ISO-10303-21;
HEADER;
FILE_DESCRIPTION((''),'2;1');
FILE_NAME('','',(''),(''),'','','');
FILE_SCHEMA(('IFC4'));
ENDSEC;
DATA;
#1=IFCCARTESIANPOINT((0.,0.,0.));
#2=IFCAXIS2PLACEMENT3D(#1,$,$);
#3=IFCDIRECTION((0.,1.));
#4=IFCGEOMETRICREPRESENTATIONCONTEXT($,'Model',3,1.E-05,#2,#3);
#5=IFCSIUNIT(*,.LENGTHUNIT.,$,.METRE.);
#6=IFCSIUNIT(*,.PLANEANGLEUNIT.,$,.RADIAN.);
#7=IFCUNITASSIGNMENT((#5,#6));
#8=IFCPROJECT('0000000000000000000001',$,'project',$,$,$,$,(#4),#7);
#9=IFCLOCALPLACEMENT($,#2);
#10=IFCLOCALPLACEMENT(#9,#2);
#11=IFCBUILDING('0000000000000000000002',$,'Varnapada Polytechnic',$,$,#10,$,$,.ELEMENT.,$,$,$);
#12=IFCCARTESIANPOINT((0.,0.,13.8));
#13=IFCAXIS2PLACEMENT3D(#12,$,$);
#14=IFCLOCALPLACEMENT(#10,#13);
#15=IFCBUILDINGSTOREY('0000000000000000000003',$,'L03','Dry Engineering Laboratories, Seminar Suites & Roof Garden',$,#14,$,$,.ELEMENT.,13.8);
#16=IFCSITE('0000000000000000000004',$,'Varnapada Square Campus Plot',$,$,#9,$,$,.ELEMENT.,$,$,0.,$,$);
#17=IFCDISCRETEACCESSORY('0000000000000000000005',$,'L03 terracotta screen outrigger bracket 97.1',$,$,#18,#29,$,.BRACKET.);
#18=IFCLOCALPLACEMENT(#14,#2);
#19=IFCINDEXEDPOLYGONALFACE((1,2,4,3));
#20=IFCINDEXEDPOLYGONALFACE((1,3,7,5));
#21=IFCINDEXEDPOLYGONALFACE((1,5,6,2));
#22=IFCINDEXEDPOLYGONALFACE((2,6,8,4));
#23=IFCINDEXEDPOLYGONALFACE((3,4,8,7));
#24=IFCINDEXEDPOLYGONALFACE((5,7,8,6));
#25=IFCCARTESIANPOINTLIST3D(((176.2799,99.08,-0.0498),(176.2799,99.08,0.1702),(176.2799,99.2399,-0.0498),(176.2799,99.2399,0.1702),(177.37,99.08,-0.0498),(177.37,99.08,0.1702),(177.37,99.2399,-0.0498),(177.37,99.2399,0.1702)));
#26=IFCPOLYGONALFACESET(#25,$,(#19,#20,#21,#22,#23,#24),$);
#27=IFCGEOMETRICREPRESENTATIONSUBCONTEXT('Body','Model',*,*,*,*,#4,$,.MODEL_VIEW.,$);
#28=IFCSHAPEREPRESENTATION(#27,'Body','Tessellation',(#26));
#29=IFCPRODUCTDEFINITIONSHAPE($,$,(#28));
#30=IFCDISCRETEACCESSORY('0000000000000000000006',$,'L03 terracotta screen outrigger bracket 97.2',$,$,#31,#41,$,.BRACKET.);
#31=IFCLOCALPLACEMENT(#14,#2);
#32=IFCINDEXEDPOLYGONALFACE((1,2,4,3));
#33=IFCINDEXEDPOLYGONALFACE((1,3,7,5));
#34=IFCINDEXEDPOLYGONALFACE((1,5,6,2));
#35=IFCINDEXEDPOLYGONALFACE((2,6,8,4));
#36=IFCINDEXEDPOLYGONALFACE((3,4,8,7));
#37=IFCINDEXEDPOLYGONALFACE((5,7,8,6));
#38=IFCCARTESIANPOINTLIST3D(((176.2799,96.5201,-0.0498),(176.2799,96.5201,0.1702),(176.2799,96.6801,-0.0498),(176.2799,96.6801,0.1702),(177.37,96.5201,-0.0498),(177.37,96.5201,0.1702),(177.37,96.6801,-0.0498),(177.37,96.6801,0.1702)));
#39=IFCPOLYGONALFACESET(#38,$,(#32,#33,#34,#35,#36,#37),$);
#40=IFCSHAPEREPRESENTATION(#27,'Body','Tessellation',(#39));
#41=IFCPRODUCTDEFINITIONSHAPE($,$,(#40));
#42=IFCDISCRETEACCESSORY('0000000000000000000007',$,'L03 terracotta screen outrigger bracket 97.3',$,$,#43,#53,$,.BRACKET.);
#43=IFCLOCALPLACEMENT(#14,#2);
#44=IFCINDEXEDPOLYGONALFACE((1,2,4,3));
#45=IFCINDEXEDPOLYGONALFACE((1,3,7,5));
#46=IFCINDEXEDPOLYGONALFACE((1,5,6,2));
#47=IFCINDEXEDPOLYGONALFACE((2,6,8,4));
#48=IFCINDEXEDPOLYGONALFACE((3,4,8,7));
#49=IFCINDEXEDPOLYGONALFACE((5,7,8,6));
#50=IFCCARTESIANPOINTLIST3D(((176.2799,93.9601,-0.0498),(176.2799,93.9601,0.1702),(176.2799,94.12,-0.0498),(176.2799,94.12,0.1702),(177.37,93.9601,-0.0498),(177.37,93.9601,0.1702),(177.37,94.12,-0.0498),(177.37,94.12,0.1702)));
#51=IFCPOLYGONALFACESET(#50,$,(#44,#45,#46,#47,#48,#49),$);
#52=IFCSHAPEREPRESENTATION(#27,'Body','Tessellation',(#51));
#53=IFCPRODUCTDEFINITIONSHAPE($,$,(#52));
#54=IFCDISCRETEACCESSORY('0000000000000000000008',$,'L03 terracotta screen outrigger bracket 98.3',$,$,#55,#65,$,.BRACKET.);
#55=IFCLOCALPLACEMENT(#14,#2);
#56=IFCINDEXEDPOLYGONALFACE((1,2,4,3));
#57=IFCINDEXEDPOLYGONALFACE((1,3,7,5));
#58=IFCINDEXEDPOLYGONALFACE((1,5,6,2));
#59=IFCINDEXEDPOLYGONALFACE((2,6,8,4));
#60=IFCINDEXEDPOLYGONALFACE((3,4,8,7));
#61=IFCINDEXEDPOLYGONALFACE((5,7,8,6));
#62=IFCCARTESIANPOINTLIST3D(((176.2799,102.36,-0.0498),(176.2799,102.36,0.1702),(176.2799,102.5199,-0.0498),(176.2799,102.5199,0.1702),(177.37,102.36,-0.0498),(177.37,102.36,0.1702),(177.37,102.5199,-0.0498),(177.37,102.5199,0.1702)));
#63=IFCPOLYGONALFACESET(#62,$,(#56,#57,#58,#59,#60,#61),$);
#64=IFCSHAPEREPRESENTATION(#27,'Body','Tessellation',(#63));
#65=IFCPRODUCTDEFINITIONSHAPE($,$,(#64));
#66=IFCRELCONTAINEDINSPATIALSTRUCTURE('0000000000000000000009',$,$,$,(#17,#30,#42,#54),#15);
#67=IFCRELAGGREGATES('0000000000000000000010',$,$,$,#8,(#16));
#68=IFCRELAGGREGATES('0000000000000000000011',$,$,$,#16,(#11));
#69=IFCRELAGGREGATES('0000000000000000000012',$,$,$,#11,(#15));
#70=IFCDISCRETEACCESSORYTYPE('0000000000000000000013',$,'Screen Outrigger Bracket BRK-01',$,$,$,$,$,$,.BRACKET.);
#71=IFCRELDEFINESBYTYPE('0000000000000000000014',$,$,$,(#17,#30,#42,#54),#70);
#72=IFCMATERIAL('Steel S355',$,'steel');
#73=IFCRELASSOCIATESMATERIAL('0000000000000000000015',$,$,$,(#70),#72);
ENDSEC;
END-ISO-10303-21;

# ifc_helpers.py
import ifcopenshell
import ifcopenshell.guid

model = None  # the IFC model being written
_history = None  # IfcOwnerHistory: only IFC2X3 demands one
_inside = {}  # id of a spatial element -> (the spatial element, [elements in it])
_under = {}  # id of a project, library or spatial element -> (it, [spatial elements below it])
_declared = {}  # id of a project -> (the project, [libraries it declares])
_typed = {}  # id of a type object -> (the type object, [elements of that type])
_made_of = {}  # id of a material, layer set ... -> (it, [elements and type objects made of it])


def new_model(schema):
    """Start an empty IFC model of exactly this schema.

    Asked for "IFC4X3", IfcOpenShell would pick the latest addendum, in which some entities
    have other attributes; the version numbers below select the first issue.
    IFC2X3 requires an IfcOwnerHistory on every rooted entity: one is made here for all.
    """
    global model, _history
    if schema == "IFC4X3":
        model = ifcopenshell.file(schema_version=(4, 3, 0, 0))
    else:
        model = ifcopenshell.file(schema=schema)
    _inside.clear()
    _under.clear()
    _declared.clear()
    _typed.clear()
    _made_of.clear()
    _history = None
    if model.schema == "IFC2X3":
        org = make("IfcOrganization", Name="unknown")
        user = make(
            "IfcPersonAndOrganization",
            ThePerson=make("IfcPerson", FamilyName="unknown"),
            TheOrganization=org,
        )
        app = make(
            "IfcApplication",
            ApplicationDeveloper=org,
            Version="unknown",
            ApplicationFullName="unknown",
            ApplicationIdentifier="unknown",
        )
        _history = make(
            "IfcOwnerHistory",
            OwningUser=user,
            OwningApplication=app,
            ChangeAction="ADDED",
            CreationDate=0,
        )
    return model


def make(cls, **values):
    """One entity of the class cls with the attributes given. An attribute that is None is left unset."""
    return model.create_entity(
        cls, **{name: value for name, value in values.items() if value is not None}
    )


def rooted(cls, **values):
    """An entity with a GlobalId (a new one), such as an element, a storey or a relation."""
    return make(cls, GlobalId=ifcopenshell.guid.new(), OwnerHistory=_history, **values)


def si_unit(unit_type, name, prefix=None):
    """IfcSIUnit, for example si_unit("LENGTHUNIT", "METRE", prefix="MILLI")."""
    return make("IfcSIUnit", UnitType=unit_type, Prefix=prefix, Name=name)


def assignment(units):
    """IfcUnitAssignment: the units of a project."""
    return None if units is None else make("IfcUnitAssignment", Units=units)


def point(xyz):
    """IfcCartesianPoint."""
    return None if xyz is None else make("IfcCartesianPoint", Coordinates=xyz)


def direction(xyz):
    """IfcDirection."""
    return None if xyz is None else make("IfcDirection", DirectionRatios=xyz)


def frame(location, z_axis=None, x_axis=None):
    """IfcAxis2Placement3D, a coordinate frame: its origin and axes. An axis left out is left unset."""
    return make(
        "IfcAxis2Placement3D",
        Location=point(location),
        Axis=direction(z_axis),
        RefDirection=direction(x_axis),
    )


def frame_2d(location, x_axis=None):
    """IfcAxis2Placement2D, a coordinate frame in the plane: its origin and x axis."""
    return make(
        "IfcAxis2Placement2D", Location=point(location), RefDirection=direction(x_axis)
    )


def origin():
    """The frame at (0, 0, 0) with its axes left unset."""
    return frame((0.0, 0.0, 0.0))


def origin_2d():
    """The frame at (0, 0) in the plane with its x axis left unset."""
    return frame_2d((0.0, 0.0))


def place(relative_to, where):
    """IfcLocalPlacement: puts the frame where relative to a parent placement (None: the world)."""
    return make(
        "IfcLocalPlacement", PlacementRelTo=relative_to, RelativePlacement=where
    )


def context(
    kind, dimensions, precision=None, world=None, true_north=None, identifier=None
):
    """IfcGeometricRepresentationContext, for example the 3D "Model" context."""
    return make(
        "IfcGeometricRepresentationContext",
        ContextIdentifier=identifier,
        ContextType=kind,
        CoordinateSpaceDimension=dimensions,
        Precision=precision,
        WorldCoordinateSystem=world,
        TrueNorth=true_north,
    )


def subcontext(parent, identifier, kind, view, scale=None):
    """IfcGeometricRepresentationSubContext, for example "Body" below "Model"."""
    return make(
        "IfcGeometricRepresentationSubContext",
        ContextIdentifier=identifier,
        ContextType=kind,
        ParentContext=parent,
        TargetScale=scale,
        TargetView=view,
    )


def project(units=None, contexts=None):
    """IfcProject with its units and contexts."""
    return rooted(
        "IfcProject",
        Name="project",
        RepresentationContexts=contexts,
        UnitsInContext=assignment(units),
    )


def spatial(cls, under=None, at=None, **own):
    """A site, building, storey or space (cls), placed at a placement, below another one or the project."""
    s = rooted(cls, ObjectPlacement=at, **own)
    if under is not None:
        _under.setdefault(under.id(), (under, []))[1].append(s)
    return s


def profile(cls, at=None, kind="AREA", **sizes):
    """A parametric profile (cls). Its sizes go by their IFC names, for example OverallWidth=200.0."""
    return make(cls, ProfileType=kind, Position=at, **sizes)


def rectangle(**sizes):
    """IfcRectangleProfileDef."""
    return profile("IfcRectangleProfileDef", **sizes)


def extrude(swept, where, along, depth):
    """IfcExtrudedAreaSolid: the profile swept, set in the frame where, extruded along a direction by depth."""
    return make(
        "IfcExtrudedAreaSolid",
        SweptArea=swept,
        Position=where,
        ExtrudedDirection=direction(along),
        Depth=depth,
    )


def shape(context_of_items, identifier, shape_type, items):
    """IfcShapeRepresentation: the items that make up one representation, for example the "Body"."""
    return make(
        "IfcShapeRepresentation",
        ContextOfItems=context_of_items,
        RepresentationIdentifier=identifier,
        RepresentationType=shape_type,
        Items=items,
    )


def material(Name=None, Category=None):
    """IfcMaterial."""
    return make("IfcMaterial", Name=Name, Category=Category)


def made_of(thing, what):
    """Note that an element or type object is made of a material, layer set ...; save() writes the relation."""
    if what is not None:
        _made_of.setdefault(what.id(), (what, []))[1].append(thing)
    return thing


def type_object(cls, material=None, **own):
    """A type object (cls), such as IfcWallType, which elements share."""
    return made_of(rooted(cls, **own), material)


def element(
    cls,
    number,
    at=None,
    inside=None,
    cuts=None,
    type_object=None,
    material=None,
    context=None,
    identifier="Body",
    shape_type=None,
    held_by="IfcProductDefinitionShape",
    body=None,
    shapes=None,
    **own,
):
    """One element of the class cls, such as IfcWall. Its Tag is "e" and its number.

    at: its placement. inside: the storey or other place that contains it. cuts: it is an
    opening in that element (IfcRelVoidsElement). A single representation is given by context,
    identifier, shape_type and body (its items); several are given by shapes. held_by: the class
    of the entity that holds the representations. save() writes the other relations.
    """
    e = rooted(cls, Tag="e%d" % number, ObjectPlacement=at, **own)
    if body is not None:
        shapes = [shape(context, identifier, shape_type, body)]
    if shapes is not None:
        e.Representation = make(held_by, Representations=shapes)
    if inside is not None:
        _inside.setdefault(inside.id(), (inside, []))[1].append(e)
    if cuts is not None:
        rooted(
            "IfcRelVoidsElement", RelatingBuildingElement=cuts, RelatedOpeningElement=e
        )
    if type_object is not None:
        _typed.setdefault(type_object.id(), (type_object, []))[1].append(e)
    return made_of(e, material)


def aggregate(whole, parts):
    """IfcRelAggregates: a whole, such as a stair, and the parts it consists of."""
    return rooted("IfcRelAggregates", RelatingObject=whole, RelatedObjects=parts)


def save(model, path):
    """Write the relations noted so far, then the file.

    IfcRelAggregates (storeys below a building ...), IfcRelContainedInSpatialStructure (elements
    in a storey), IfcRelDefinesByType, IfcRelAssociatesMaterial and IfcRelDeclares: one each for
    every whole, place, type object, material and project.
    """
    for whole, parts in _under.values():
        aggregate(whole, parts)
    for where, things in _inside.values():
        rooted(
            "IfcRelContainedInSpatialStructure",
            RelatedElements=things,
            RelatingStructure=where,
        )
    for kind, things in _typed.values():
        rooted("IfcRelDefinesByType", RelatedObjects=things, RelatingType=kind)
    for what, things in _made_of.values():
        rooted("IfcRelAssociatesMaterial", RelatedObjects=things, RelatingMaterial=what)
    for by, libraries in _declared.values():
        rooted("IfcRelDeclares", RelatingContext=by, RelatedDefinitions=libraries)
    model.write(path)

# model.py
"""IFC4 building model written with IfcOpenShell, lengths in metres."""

from ifc_helpers import new_model, si_unit, direction, frame, origin, origin_2d, place, context, subcontext, project, spatial, rectangle, extrude, material, type_object, element, save


model = new_model("IFC4")

# Units and contexts
model_context = context("Model", 3, precision=1e-05, world=origin(), true_north=direction((0.0, 1.0)))
body_context = subcontext(model_context, "Body", "Model", "MODEL_VIEW")
ifc_project = project(units=[si_unit("LENGTHUNIT", "METRE"), si_unit("PLANEANGLEUNIT", "RADIAN")], contexts=[model_context])

# Site, building, storey
site_placement = place(None, origin())
site = spatial("IfcSite", under=ifc_project, at=site_placement, Name="Varnapada Square Campus Plot", CompositionType="ELEMENT", RefElevation=0.0)
building_placement = place(site_placement, origin())
building = spatial("IfcBuilding", under=site, at=building_placement, Name="Varnapada Polytechnic", CompositionType="ELEMENT")
storey_placement = place(building_placement, frame((0.0, 0.0, 13.8)))
storey = spatial("IfcBuildingStorey", under=building, at=storey_placement, Name="L03", Description="Dry Engineering Laboratories, Seminar Suites & Roof Garden", CompositionType="ELEMENT", Elevation=13.8)

# Discrete accessories
ifc_material_1 = material(Name="Steel S355", Category="steel")
discrete_accessory_type = type_object("IfcDiscreteAccessoryType", Name="Screen Outrigger Bracket BRK-01", PredefinedType="BRACKET", material=ifc_material_1)
for number, where, z_axis, x_axis, name in (
    (1, (176.825, 99.1599, -0.0498), (0.0, 0.0, 1.0), (0.0, -1.0, 0.0), "L03 terracotta screen outrigger bracket 97.1"),
    (2, (176.825, 96.6001, -0.0498), (0.0, 0.0, 1.0), (0.0, -1.0, 0.0), "L03 terracotta screen outrigger bracket 97.2"),
    (3, (176.825, 94.04, -0.0498), (0.0, 0.0, 1.0), (0.0, -1.0, 0.0), "L03 terracotta screen outrigger bracket 97.3"),
    (4, (176.825, 102.4399, -0.0498), (0.0, 0.0, 1.0), (0.0, -1.0, 0.0), "L03 terracotta screen outrigger bracket 98.3"),
):
    element("IfcDiscreteAccessory", number, at=place(storey_placement, frame(where, z_axis=z_axis, x_axis=x_axis)), inside=storey, type_object=discrete_accessory_type, Name=name, PredefinedType="BRACKET", context=body_context, shape_type="SweptSolid", body=[
        extrude(rectangle(XDim=0.1599, YDim=1.0901, at=origin_2d()), origin(), (0.0, 0.0, 1.0), 0.22),
    ])

save(model, "model.ifc")
